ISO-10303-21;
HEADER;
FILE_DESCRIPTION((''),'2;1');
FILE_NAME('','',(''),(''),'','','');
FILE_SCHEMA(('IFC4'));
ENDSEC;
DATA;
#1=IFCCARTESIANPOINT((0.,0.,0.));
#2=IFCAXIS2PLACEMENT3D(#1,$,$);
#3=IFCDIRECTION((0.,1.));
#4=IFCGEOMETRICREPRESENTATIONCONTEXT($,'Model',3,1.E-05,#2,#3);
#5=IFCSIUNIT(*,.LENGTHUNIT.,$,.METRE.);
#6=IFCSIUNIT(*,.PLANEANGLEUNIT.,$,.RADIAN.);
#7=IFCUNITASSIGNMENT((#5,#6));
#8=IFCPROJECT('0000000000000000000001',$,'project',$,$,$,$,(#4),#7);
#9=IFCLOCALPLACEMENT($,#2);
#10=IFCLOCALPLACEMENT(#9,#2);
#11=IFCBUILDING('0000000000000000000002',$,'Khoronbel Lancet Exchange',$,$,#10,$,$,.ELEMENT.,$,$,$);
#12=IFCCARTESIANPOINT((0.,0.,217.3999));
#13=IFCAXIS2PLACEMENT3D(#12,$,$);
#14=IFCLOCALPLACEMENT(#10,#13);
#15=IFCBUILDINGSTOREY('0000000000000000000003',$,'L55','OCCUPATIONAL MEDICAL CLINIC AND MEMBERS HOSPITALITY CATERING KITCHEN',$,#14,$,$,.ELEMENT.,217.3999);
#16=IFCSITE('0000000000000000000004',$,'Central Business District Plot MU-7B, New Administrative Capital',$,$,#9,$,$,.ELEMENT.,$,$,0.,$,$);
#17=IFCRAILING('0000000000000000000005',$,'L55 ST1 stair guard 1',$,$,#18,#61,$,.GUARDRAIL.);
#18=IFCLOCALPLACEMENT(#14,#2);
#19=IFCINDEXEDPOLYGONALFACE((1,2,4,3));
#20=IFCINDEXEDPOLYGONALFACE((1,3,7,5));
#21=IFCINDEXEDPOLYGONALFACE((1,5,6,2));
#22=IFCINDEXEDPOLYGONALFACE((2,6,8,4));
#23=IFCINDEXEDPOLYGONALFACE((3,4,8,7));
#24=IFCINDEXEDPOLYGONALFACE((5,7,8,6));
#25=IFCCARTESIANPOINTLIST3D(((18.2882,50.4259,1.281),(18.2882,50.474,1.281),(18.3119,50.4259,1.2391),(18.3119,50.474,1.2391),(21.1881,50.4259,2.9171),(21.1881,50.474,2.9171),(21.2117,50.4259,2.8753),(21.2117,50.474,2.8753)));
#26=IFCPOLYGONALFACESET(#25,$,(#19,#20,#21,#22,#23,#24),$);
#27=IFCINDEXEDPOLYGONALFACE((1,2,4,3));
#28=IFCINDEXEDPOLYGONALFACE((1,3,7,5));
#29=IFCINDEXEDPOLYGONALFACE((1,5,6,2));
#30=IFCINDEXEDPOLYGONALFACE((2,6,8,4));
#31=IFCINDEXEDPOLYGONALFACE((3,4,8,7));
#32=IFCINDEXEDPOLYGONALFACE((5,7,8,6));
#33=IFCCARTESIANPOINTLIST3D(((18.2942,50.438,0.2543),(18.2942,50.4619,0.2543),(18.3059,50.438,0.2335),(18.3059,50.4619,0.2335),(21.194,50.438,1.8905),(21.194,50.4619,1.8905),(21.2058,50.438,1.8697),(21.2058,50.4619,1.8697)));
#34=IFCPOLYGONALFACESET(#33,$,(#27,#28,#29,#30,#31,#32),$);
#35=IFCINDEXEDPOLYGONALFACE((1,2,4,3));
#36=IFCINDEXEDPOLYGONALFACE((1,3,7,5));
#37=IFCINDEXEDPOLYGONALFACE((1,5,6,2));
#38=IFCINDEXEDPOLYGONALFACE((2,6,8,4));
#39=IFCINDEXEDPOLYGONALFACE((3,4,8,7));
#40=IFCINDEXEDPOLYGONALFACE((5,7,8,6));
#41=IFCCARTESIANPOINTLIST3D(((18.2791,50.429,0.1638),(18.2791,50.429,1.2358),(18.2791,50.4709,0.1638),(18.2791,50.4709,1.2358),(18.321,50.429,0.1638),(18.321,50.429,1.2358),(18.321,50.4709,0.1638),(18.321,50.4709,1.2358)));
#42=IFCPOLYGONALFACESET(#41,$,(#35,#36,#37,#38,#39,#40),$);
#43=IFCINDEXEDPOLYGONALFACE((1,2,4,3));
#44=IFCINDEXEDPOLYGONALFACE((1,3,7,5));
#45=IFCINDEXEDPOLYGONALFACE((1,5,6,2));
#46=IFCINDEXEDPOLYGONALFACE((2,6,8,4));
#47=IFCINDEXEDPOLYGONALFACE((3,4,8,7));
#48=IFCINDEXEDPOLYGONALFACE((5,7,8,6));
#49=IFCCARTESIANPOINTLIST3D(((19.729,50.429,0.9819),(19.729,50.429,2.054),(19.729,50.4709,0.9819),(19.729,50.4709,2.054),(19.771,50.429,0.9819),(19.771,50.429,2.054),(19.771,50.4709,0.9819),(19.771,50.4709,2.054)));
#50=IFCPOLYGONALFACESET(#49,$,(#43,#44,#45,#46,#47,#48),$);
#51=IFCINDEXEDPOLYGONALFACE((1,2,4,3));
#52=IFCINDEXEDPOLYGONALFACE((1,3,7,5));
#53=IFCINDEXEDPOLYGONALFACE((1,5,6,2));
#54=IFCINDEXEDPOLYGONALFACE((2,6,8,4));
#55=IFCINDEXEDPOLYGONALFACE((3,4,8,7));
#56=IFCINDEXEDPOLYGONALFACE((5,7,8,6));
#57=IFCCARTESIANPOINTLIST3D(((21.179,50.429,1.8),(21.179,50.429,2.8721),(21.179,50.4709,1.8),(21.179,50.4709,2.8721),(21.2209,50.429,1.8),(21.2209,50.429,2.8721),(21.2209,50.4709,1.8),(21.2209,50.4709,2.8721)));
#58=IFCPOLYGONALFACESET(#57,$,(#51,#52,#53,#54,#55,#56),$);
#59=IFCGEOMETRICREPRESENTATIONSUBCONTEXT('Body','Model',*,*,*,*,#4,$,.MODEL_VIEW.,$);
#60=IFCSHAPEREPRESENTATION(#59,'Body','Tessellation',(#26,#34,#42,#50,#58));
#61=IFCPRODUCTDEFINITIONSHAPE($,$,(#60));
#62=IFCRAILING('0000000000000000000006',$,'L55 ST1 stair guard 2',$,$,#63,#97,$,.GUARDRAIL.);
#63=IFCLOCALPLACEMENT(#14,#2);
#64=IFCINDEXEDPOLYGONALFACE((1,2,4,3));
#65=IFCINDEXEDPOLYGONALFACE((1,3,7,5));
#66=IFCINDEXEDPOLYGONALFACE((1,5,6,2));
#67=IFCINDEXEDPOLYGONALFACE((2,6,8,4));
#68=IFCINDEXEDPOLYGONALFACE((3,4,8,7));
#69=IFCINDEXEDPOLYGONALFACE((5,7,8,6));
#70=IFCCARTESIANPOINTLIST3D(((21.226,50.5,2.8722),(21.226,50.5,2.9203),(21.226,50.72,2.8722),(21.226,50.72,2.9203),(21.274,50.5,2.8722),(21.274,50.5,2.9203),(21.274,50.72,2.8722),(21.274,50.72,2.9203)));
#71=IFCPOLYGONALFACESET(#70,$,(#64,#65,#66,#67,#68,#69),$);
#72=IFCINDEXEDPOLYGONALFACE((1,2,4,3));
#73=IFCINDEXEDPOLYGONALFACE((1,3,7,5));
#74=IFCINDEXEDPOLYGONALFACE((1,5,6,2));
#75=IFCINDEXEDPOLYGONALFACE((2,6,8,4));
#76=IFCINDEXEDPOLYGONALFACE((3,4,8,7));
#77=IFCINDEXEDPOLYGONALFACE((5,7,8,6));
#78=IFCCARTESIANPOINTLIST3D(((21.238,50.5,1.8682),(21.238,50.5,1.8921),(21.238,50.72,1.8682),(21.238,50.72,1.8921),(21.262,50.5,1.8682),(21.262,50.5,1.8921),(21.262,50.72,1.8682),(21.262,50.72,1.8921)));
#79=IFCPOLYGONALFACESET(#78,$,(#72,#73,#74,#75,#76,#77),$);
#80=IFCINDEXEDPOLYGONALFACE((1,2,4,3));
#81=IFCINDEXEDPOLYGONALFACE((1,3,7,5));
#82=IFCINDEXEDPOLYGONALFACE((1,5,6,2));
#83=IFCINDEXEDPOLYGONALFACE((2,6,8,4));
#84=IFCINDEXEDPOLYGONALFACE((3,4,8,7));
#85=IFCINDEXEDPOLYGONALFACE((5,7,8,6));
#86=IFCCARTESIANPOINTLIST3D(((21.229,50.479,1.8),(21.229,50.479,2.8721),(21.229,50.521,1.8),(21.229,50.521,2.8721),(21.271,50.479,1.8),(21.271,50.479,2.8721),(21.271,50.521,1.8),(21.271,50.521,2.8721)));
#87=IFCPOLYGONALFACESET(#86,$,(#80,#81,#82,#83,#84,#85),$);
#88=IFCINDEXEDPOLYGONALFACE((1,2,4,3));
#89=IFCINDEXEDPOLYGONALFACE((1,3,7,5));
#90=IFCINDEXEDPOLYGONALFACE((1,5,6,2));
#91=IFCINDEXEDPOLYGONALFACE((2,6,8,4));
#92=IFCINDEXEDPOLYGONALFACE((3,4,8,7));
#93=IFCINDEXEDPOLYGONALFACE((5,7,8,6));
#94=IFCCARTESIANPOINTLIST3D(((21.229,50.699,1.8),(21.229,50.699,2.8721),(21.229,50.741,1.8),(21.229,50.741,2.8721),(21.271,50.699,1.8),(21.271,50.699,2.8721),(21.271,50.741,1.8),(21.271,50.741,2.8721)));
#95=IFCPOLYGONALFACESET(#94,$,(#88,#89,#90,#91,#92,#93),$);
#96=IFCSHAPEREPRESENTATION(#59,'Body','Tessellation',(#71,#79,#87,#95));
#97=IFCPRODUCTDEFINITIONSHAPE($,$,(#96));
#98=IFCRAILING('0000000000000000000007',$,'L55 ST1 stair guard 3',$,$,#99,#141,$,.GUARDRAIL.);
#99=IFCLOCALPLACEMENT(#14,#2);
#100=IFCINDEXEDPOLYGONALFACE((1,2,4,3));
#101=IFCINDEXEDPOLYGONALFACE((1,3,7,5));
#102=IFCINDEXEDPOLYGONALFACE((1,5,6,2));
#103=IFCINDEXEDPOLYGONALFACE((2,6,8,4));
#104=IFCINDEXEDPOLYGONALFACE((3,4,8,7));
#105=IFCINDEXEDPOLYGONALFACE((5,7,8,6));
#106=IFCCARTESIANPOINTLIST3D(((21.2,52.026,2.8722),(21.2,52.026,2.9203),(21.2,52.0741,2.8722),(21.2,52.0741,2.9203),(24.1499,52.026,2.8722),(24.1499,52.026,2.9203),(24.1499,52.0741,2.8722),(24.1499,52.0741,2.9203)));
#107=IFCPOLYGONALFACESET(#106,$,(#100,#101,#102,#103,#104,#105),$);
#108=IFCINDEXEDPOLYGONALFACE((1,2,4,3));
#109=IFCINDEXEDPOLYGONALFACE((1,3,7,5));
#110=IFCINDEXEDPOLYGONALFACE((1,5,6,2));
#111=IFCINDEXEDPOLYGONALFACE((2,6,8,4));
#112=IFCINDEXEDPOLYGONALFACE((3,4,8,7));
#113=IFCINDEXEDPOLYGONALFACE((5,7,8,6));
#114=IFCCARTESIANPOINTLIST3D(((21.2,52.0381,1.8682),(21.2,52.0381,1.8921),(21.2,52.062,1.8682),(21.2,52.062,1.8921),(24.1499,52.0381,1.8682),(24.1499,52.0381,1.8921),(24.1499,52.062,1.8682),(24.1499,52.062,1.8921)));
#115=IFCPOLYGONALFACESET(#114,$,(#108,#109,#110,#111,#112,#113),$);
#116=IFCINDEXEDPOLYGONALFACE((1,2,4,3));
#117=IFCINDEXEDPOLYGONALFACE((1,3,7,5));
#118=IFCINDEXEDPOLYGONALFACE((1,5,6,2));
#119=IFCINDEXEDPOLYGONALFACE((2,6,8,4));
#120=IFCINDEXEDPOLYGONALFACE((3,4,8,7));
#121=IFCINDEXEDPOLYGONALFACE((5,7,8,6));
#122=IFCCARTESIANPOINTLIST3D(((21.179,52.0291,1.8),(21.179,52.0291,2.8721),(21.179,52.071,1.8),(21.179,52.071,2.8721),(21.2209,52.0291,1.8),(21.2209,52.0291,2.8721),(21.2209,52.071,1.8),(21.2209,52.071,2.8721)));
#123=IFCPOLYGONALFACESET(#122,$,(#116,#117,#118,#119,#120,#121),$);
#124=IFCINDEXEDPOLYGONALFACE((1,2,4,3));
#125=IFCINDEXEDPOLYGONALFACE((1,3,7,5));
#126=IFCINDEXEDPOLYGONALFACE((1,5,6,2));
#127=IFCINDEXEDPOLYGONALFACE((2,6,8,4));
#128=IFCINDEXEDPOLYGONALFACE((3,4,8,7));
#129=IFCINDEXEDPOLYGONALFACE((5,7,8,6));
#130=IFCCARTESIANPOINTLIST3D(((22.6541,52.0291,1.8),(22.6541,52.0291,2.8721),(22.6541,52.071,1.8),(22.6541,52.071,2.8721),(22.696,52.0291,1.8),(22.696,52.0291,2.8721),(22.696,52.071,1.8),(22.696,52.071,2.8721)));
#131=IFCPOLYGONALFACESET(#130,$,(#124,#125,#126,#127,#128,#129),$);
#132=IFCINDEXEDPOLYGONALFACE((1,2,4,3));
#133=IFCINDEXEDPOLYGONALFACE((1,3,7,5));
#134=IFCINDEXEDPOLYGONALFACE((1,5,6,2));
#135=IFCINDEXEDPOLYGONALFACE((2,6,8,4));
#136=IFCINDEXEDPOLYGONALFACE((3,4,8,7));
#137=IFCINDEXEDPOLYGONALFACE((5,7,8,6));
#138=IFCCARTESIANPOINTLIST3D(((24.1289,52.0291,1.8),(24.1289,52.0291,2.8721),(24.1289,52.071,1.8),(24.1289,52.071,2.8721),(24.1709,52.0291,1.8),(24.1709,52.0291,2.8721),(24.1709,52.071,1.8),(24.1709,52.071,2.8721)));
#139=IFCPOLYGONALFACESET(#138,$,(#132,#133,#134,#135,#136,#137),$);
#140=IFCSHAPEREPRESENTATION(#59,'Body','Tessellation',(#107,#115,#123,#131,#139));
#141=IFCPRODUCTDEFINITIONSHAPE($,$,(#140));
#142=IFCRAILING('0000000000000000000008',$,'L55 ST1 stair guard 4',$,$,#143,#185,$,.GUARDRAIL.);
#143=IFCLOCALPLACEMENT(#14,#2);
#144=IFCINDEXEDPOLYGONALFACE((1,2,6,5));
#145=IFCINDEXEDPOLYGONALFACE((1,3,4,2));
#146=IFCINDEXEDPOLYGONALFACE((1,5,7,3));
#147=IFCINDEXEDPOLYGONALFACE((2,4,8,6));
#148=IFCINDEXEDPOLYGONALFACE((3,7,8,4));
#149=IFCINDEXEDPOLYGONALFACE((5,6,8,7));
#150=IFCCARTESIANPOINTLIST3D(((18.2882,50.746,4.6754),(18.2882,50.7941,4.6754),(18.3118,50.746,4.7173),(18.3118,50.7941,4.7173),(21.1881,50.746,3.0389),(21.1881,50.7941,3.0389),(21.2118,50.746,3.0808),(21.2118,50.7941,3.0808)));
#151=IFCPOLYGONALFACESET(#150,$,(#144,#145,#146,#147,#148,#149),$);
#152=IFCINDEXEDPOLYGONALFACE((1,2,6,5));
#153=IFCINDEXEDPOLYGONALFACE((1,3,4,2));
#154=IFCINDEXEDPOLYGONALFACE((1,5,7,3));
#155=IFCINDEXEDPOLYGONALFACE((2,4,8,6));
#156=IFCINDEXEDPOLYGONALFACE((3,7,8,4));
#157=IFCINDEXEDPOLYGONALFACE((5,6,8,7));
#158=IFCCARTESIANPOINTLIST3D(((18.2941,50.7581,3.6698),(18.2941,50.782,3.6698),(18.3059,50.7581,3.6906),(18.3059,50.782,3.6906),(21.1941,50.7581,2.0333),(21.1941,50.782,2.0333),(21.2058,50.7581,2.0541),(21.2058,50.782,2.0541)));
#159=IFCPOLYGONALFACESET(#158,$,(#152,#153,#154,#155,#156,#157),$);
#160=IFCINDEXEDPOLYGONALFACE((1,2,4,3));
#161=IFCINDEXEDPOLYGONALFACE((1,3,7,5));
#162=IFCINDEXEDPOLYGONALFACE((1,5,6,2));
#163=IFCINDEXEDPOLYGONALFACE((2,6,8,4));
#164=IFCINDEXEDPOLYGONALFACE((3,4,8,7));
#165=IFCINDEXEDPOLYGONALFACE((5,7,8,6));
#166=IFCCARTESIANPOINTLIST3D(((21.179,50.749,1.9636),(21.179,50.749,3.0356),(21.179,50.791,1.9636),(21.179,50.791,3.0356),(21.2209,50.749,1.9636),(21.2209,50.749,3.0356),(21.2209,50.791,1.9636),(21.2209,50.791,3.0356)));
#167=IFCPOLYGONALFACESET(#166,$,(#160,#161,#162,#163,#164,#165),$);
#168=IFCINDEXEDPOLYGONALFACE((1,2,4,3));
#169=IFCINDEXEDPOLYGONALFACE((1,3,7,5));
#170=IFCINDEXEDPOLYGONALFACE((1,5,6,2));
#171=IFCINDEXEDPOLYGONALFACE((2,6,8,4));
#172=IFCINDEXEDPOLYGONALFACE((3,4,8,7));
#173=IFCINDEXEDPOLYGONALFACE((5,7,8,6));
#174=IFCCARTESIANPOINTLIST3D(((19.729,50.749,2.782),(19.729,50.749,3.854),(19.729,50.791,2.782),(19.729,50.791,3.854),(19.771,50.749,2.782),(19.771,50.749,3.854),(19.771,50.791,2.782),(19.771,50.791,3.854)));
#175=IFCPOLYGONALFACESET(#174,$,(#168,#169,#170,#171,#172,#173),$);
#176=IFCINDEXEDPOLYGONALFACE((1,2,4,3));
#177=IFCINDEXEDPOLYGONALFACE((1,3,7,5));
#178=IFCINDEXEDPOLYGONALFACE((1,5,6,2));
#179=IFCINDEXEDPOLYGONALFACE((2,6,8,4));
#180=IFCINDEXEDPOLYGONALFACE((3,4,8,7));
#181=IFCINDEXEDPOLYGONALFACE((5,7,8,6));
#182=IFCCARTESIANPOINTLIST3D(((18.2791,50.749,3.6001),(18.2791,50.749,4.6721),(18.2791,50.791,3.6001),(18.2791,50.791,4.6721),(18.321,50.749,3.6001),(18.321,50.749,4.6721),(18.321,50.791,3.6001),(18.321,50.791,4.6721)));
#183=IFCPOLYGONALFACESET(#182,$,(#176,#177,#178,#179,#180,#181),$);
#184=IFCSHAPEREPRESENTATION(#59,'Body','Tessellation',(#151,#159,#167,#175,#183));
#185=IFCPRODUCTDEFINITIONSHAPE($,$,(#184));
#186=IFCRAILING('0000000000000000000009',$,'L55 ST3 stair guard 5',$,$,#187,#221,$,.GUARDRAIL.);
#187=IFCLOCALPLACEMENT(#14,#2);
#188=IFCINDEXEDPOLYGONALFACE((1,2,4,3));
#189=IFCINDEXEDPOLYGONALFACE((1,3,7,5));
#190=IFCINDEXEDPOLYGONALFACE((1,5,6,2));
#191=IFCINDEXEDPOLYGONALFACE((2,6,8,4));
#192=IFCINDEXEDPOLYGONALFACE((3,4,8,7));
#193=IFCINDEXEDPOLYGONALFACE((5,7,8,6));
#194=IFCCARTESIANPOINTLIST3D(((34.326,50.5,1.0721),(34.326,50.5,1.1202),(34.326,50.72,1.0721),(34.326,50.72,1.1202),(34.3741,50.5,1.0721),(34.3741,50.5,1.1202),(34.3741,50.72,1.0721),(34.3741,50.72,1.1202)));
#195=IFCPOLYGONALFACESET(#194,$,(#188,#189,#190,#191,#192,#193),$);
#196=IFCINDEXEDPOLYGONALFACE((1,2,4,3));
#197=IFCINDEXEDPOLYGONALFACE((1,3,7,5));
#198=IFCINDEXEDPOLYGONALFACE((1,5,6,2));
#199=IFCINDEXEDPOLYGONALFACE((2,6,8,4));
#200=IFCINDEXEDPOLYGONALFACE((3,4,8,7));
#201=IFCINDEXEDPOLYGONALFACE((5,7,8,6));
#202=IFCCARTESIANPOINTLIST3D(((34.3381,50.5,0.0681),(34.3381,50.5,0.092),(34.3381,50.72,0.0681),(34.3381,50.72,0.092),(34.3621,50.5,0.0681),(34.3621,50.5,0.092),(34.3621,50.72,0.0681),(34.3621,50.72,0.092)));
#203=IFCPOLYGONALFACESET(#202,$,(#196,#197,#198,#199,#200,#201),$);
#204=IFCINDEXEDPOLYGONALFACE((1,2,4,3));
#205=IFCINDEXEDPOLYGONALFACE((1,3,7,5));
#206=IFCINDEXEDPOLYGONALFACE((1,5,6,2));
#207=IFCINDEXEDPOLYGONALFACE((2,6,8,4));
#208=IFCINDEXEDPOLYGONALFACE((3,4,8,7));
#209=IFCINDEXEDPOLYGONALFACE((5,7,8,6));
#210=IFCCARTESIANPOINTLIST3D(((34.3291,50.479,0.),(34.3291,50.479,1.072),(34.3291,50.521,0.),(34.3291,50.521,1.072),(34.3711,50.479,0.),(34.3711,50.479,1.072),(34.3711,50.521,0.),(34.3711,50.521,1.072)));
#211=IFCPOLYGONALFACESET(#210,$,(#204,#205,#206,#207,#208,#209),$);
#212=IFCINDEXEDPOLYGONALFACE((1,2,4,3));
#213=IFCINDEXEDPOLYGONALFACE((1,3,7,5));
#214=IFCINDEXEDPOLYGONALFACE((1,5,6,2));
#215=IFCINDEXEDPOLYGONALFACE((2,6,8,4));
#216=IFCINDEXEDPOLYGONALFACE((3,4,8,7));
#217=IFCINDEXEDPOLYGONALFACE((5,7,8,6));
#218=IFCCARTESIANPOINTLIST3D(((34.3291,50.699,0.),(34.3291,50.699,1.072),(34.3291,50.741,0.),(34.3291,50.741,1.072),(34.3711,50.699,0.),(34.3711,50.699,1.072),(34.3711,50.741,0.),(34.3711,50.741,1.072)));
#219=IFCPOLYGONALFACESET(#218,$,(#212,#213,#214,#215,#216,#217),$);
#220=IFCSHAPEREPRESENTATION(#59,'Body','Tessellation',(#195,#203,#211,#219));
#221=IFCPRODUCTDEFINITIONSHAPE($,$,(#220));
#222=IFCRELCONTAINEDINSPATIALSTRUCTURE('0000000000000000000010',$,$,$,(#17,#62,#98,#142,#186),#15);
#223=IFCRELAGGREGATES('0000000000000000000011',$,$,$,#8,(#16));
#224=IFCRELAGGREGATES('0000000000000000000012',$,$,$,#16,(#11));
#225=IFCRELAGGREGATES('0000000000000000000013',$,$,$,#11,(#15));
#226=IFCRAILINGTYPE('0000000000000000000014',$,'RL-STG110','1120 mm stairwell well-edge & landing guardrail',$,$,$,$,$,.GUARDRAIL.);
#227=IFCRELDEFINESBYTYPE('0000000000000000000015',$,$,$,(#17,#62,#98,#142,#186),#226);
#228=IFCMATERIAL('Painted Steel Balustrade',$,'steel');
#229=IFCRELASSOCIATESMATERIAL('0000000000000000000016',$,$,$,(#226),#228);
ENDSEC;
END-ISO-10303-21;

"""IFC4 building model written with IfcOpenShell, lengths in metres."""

from ifc_helpers import new_model, si_unit, direction, frame, origin, origin_2d, place, context, subcontext, project, spatial, rectangle, extrude, material, type_object, element, save


model = new_model("IFC4")

# Units and contexts
model_context = context("Model", 3, precision=1e-05, world=origin(), true_north=direction((0.0, 1.0)))
body_context = subcontext(model_context, "Body", "Model", "MODEL_VIEW")
ifc_project = project(units=[si_unit("LENGTHUNIT", "METRE"), si_unit("PLANEANGLEUNIT", "RADIAN")], contexts=[model_context])

# Site, building, storey
site_placement = place(None, origin())
site = spatial("IfcSite", under=ifc_project, at=site_placement, Name="Central Business District Plot MU-7B, New Administrative Capital", CompositionType="ELEMENT", RefElevation=0.0)
building_placement = place(site_placement, origin())
building = spatial("IfcBuilding", under=site, at=building_placement, Name="Khoronbel Lancet Exchange", CompositionType="ELEMENT")
storey_placement = place(building_placement, frame((0.0, 0.0, 217.3999)))
storey = spatial("IfcBuildingStorey", under=building, at=storey_placement, Name="L55", Description="OCCUPATIONAL MEDICAL CLINIC AND MEMBERS HOSPITALITY CATERING KITCHEN", CompositionType="ELEMENT", Elevation=217.3999)

# Railings
ifc_material_1 = material(Name="Painted Steel Balustrade", Category="steel")
railing_type_1 = type_object("IfcRailingType", Name="RL-STG110", Description="1120 mm stairwell well-edge & landing guardrail", PredefinedType="GUARDRAIL", material=ifc_material_1)
railing_1_placement = place(storey_placement, frame((18.3, 50.45, 0.1638)))
element("IfcRailing", 1, at=railing_1_placement, inside=storey, type_object=railing_type_1, Name="L55 ST1 stair guard 1", PredefinedType="GUARDRAIL", context=body_context, shape_type="SweptSolid", body=[
    extrude(rectangle(XDim=0.0481, YDim=0.0481, at=origin_2d()), frame((0.0, 0.0, 1.0962), z_axis=(0.870929, 0.0, 0.49141), x_axis=(0.0, 1.0, 0.0)), (0.0, 0.0, 1.0), 3.3296),
    extrude(rectangle(XDim=0.0239, YDim=0.0239, at=origin_2d()), frame((0.0, 0.0, 0.0801), z_axis=(0.870929, 0.0, 0.49141), x_axis=(0.0, 1.0, 0.0)), (0.0, 0.0, 1.0), 3.3296),
    extrude(rectangle(XDim=0.042, YDim=0.042, at=origin_2d()), origin(), (0.0, 0.0, 1.0), 1.072),
    extrude(rectangle(XDim=0.042, YDim=0.042, at=origin_2d()), frame((1.45, 0.0, 0.8181)), (0.0, 0.0, 1.0), 1.072),
    extrude(rectangle(XDim=0.042, YDim=0.042, at=origin_2d()), frame((2.8999, 0.0, 1.6362)), (0.0, 0.0, 1.0), 1.072),
])
railing_2_placement = place(storey_placement, frame((21.25, 50.5, 1.8)))
element("IfcRailing", 2, at=railing_2_placement, inside=storey, type_object=railing_type_1, Name="L55 ST1 stair guard 2", PredefinedType="GUARDRAIL", context=body_context, shape_type="SweptSolid", body=[
    extrude(rectangle(XDim=0.0481, YDim=0.0481, at=origin_2d()), frame((0.0, 0.0, 1.0962), z_axis=(0.0, 1.0, 0.0), x_axis=(-1.0, 0.0, 0.0)), (0.0, 0.0, 1.0), 0.22),
    extrude(rectangle(XDim=0.0239, YDim=0.0239, at=origin_2d()), frame((0.0, 0.0, 0.0801), z_axis=(0.0, 1.0, 0.0), x_axis=(-1.0, 0.0, 0.0)), (0.0, 0.0, 1.0), 0.22),
    extrude(rectangle(XDim=0.042, YDim=0.042, at=origin_2d()), origin(), (0.0, 0.0, 1.0), 1.072),
    extrude(rectangle(XDim=0.042, YDim=0.042, at=origin_2d()), frame((0.0, 0.22, 0.0)), (0.0, 0.0, 1.0), 1.072),
])
railing_3_placement = place(storey_placement, frame((21.2, 52.05, 1.8)))
element("IfcRailing", 3, at=railing_3_placement, inside=storey, type_object=railing_type_1, Name="L55 ST1 stair guard 3", PredefinedType="GUARDRAIL", context=body_context, shape_type="SweptSolid", body=[
    extrude(rectangle(XDim=0.0481, YDim=0.0481, at=origin_2d()), frame((0.0, 0.0, 1.0962), z_axis=(1.0, 0.0, 0.0), x_axis=(0.0, 1.0, 0.0)), (0.0, 0.0, 1.0), 2.95),
    extrude(rectangle(XDim=0.0239, YDim=0.0239, at=origin_2d()), frame((0.0, 0.0, 0.0801), z_axis=(1.0, 0.0, 0.0), x_axis=(0.0, 1.0, 0.0)), (0.0, 0.0, 1.0), 2.95),
    extrude(rectangle(XDim=0.042, YDim=0.042, at=origin_2d()), origin(), (0.0, 0.0, 1.0), 1.072),
    extrude(rectangle(XDim=0.042, YDim=0.042, at=origin_2d()), frame((1.4751, 0.0, 0.0)), (0.0, 0.0, 1.0), 1.072),
    extrude(rectangle(XDim=0.042, YDim=0.042, at=origin_2d()), frame((2.95, 0.0, 0.0)), (0.0, 0.0, 1.0), 1.072),
])
railing_4_placement = place(storey_placement, frame((21.2, 50.77, 1.9636)))
element("IfcRailing", 4, at=railing_4_placement, inside=storey, type_object=railing_type_1, Name="L55 ST1 stair guard 4", PredefinedType="GUARDRAIL", context=body_context, shape_type="SweptSolid", body=[
    extrude(rectangle(XDim=0.0481, YDim=0.0481, at=origin_2d()), frame((0.0, 0.0, 1.0962), z_axis=(-0.870897, 0.0, 0.491465), x_axis=(0.0, -1.0, 0.0)), (0.0, 0.0, 1.0), 3.3298),
    extrude(rectangle(XDim=0.0239, YDim=0.0239, at=origin_2d()), frame((0.0, 0.0, 0.0801), z_axis=(-0.870897, 0.0, 0.491465), x_axis=(0.0, -1.0, 0.0)), (0.0, 0.0, 1.0), 3.3298),
    extrude(rectangle(XDim=0.042, YDim=0.042, at=origin_2d()), origin(), (0.0, 0.0, 1.0), 1.072),
    extrude(rectangle(XDim=0.042, YDim=0.042, at=origin_2d()), frame((-1.45, 0.0, 0.8184)), (0.0, 0.0, 1.0), 1.072),
    extrude(rectangle(XDim=0.042, YDim=0.042, at=origin_2d()), frame((-2.8999, 0.0, 1.6365)), (0.0, 0.0, 1.0), 1.072),
])
railing_5_placement = place(storey_placement, frame((34.3501, 50.5, 0.0)))
element("IfcRailing", 5, at=railing_5_placement, inside=storey, type_object=railing_type_1, Name="L55 ST3 stair guard 5", PredefinedType="GUARDRAIL", context=body_context, shape_type="SweptSolid", body=[
    extrude(rectangle(XDim=0.0481, YDim=0.0481, at=origin_2d()), frame((0.0, 0.0, 1.0962), z_axis=(0.0, 1.0, 0.0), x_axis=(-1.0, 0.0, 0.0)), (0.0, 0.0, 1.0), 0.22),
    extrude(rectangle(XDim=0.0239, YDim=0.0239, at=origin_2d()), frame((0.0, 0.0, 0.0801), z_axis=(0.0, 1.0, 0.0), x_axis=(-1.0, 0.0, 0.0)), (0.0, 0.0, 1.0), 0.22),
    extrude(rectangle(XDim=0.042, YDim=0.042, at=origin_2d()), origin(), (0.0, 0.0, 1.0), 1.072),
    extrude(rectangle(XDim=0.042, YDim=0.042, at=origin_2d()), frame((0.0, 0.22, 0.0)), (0.0, 0.0, 1.0), 1.072),
])

save(model, "model.ifc")
